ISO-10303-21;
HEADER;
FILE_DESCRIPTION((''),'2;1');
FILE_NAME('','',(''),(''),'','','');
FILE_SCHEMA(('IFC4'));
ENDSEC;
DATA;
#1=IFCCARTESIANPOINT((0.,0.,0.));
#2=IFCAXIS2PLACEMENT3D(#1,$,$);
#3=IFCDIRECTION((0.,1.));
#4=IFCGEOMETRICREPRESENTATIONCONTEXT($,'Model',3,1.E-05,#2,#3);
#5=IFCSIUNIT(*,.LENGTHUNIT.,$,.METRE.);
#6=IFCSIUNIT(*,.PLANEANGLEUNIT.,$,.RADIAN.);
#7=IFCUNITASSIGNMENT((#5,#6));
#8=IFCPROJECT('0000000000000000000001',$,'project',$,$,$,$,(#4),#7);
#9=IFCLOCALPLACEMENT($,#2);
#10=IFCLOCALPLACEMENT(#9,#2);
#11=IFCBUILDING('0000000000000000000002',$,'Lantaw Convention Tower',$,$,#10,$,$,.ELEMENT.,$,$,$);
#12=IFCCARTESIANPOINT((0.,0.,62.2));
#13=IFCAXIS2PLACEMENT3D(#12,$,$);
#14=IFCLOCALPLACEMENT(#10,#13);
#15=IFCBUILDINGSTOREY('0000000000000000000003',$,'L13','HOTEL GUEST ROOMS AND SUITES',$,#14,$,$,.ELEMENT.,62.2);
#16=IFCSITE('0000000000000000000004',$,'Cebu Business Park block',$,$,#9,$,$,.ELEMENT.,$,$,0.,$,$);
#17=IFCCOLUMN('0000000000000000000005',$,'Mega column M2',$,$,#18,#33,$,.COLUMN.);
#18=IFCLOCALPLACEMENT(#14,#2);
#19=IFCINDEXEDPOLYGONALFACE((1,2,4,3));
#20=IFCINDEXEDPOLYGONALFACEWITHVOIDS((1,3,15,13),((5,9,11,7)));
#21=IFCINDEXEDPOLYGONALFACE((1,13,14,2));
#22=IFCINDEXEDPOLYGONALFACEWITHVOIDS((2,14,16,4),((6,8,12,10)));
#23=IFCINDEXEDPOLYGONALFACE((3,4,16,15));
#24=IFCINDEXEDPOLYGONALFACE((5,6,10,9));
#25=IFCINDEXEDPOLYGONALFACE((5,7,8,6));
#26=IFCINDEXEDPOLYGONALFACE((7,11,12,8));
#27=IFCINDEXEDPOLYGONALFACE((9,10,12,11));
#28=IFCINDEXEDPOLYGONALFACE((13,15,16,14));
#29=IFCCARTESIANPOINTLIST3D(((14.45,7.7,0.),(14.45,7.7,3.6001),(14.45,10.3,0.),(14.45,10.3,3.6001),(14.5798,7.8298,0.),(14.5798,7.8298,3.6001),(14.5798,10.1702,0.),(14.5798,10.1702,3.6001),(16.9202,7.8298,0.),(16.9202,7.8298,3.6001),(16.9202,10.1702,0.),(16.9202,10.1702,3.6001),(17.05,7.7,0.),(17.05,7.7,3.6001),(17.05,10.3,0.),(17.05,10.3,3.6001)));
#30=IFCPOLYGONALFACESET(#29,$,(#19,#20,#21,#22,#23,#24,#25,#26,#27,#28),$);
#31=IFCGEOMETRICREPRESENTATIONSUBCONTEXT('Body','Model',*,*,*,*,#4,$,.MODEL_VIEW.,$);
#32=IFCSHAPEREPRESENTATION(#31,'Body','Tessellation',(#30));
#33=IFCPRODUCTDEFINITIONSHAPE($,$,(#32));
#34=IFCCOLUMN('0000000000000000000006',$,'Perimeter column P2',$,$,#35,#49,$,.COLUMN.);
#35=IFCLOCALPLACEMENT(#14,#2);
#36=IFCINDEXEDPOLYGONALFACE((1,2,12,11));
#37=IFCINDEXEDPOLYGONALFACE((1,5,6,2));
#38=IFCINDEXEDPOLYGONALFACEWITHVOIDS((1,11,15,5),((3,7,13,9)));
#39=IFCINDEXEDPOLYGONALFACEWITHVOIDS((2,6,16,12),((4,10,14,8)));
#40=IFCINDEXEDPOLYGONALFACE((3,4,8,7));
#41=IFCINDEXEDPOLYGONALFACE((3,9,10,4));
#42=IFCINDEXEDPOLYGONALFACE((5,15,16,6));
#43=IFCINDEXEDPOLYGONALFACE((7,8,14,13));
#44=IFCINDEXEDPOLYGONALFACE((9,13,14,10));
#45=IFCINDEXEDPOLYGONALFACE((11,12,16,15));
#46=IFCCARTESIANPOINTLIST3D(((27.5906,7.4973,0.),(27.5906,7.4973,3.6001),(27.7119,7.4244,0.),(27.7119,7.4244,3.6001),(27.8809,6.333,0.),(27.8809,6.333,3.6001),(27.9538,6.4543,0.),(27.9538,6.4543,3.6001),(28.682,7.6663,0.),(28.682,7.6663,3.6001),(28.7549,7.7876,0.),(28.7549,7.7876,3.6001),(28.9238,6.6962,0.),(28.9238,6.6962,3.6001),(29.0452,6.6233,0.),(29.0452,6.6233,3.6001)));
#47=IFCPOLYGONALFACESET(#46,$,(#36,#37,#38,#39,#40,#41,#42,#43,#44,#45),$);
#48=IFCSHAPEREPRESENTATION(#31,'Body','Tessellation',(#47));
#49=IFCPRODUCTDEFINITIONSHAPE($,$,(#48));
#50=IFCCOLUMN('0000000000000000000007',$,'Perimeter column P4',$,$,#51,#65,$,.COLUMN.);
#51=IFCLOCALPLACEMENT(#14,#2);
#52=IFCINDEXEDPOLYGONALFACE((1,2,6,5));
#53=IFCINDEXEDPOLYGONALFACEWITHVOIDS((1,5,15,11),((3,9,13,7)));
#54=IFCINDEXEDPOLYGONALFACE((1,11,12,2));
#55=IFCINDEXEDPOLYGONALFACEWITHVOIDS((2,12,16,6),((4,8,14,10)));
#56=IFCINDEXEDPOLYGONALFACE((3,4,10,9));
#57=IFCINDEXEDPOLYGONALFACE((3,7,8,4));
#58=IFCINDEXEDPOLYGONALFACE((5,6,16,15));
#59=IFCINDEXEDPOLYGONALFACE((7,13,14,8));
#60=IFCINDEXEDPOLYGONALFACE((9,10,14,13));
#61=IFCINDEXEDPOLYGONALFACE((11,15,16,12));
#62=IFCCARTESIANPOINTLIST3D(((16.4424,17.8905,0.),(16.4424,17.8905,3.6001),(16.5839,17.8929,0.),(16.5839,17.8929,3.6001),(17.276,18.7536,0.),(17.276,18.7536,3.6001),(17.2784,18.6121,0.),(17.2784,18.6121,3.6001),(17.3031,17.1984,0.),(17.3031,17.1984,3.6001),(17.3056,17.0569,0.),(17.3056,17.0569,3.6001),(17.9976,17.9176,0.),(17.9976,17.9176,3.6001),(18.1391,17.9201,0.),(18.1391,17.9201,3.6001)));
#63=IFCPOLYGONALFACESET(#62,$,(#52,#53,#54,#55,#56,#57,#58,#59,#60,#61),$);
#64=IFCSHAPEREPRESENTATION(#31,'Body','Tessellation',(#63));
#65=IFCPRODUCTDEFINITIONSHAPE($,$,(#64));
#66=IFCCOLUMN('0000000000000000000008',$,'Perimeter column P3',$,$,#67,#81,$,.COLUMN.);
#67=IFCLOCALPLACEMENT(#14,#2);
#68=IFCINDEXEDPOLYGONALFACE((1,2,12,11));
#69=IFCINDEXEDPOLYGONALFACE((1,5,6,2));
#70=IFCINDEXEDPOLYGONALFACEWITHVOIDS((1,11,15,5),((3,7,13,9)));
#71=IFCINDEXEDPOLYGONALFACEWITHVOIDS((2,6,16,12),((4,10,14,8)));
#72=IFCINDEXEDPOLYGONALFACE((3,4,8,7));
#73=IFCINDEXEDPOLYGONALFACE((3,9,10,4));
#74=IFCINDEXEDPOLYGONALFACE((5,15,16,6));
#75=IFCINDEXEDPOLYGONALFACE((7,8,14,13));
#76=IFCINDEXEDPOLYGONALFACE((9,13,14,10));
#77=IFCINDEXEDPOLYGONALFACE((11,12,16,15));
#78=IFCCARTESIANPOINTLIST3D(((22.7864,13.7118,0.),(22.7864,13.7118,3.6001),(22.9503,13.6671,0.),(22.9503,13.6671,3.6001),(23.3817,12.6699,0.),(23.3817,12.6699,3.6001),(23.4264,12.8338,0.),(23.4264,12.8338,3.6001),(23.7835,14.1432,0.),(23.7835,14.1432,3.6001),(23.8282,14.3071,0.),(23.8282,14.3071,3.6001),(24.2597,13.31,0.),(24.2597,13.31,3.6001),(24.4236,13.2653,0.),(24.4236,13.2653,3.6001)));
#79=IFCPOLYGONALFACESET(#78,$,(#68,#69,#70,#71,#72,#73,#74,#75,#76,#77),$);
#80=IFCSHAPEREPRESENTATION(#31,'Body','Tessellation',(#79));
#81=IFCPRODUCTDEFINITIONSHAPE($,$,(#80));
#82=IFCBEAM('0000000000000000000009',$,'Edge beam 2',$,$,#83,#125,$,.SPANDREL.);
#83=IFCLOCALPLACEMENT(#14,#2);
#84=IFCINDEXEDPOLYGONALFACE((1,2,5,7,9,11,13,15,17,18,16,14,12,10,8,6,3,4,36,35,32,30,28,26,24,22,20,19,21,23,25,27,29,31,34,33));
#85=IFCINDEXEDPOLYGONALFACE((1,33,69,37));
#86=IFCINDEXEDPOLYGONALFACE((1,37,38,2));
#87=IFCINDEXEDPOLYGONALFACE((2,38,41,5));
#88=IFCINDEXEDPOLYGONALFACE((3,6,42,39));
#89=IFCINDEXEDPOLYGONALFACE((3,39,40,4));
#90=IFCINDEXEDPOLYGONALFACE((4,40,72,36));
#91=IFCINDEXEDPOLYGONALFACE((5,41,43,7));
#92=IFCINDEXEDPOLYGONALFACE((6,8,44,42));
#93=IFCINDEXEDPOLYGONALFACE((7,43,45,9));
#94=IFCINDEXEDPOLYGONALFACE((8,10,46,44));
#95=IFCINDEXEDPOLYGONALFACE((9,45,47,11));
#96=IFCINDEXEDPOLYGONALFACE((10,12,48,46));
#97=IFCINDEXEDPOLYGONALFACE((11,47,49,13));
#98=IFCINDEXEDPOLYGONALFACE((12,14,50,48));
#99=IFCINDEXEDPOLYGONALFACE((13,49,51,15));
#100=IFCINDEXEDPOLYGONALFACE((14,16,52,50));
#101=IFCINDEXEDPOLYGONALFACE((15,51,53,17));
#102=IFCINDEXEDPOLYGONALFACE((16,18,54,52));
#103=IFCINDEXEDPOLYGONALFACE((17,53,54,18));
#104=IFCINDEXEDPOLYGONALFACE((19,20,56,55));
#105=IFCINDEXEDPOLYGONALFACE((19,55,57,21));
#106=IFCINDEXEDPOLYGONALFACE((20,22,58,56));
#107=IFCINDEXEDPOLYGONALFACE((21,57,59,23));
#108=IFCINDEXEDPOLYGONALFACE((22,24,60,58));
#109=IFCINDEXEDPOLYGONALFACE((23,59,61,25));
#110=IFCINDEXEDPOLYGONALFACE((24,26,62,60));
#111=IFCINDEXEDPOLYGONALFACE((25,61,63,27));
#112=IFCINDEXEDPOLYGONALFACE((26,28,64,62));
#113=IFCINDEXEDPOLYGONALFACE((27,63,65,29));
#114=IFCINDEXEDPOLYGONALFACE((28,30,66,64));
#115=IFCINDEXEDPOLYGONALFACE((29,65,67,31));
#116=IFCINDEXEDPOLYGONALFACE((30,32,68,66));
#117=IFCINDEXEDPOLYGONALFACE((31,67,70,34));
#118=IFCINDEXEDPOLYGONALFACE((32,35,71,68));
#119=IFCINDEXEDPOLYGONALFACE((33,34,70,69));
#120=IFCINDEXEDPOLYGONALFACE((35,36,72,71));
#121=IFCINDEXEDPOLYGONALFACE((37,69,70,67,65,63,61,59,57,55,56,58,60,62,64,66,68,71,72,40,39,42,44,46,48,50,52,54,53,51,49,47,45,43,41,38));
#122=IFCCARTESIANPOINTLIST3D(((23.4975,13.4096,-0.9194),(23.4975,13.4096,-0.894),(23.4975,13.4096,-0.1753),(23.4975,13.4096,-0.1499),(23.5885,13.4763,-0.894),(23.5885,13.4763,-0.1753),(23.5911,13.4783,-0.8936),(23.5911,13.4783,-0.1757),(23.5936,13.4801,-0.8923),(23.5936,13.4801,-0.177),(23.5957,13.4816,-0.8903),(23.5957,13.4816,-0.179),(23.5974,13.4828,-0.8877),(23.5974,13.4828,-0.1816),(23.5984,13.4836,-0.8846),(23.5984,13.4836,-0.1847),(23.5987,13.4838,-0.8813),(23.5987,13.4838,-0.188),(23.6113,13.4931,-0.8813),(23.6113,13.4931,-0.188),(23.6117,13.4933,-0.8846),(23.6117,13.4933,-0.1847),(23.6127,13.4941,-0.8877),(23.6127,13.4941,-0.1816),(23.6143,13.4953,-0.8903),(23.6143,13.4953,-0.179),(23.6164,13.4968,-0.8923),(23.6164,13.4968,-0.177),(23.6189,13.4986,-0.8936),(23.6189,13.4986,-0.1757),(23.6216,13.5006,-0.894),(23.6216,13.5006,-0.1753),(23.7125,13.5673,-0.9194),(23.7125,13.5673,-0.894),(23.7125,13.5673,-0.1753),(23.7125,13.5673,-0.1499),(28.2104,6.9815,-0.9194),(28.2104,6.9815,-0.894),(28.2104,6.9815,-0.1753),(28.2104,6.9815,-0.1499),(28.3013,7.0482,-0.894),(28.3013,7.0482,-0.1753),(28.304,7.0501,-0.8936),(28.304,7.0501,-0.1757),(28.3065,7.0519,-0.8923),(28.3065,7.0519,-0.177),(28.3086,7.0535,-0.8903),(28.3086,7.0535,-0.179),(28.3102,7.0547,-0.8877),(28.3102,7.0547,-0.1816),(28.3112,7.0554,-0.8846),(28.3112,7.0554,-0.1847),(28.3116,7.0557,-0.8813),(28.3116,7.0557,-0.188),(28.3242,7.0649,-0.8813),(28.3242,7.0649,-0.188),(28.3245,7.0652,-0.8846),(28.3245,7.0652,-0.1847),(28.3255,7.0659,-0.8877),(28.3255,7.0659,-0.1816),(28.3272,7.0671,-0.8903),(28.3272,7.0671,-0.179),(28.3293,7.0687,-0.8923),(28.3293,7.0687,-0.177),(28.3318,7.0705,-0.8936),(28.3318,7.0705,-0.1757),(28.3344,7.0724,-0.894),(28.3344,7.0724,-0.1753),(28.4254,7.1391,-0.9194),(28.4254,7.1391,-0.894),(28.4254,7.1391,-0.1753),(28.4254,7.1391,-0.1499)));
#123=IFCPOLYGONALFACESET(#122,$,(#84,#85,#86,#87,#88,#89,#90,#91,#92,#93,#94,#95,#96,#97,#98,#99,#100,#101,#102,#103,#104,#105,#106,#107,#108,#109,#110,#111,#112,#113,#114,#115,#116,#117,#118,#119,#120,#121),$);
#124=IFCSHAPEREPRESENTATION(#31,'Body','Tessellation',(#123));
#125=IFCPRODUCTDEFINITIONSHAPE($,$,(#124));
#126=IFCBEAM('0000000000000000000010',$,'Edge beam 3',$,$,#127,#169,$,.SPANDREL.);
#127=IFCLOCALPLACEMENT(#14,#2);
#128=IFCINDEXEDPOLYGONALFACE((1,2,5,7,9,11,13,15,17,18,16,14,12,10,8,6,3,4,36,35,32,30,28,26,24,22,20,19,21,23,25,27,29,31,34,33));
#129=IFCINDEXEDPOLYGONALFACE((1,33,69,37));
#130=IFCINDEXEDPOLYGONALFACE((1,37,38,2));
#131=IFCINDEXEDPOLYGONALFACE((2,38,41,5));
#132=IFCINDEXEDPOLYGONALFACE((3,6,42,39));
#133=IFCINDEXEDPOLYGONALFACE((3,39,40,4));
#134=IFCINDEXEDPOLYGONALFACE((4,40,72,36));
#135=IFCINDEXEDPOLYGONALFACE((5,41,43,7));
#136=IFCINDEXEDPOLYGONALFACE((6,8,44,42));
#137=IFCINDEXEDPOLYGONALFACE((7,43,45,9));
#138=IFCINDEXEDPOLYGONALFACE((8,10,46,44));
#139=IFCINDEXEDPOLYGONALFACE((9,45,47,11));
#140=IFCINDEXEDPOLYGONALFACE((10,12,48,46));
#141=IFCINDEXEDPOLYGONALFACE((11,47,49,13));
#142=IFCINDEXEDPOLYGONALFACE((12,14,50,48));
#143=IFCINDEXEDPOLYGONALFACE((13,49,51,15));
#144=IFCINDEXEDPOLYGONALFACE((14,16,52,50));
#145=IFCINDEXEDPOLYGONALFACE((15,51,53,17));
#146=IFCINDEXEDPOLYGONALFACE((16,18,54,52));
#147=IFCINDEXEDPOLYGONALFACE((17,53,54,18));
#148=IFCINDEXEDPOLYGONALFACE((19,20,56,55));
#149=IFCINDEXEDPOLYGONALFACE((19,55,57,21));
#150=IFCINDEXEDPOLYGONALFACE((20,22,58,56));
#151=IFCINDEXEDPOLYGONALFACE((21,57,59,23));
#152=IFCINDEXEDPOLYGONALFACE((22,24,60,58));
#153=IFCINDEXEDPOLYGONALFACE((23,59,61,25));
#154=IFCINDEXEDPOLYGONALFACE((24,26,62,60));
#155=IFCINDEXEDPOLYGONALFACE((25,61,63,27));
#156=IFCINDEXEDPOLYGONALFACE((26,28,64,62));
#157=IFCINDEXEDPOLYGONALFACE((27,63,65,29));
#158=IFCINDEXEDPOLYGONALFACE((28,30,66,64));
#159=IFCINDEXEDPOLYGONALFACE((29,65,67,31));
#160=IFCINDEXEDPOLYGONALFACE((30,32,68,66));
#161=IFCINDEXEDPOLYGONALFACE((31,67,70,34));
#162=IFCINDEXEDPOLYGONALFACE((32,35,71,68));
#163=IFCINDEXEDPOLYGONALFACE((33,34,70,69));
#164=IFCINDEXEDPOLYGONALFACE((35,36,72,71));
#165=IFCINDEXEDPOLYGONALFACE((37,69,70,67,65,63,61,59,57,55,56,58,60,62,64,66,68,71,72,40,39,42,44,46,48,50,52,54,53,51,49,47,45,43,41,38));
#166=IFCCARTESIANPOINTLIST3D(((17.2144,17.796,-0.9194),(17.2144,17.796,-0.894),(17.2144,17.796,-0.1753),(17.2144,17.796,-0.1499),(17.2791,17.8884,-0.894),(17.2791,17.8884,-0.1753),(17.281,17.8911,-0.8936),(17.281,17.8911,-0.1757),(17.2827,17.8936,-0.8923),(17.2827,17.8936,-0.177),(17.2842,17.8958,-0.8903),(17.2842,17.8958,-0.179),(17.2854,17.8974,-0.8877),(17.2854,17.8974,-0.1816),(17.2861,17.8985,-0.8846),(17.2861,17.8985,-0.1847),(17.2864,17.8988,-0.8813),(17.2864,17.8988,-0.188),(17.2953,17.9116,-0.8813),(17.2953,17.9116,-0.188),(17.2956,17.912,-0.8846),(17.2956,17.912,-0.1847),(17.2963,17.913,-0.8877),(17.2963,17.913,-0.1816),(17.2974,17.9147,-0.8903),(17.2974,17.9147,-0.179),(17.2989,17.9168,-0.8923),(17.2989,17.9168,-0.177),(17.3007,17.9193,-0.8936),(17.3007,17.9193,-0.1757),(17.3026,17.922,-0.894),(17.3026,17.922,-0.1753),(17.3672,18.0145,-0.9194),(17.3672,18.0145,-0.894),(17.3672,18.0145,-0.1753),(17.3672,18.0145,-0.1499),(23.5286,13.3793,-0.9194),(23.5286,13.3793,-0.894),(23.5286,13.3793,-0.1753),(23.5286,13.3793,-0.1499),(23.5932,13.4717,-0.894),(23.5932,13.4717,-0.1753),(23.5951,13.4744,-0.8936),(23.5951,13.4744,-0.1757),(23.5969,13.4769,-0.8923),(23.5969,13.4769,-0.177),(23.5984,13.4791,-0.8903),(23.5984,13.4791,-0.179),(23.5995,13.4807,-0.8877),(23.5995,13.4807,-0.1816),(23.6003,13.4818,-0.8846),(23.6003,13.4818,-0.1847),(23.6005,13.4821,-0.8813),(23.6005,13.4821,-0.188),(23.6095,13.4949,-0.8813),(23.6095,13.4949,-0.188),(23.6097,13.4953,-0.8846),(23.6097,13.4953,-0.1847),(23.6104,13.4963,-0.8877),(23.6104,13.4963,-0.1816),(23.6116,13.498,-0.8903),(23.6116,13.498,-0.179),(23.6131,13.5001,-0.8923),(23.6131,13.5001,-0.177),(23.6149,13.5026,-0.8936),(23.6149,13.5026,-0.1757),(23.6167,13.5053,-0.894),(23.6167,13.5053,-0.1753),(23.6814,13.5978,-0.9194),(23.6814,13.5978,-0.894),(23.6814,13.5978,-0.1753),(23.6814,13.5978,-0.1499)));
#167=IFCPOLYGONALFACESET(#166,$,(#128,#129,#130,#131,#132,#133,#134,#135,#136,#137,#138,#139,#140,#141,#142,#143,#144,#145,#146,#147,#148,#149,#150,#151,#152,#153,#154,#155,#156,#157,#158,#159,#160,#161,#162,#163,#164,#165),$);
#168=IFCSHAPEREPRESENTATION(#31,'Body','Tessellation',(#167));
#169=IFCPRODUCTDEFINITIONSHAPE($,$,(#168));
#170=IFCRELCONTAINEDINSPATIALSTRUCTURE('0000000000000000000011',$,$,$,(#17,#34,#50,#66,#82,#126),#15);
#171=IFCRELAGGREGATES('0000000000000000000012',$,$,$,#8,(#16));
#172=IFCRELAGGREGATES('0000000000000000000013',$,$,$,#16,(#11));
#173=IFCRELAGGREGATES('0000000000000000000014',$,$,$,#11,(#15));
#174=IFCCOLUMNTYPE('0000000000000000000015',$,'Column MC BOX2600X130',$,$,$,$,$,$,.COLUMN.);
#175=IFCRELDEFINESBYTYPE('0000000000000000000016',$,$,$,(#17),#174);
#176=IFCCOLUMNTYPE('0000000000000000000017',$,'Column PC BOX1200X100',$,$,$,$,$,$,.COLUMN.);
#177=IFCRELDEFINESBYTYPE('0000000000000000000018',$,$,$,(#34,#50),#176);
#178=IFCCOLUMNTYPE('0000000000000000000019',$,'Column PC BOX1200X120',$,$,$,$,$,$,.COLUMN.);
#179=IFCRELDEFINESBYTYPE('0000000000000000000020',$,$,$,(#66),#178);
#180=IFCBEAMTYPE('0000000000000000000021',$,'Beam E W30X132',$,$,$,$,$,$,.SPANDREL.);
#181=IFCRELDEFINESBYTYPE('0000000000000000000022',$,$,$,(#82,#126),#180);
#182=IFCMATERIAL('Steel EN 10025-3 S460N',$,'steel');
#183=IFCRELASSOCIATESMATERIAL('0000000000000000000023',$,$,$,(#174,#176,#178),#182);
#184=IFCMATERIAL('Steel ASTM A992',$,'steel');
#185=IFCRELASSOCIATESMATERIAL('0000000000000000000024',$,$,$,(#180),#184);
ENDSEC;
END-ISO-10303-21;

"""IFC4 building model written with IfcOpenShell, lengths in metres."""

from ifc_helpers import new_model, si_unit, direction, frame, origin, origin_2d, place, context, subcontext, project, spatial, rectangle, hollow_rectangle, i_section, extrude, material, material_profile, profile_set, type_object, element, save


model = new_model("IFC4")

# Units and contexts
model_context = context("Model", 3, precision=1e-05, world=origin(), true_north=direction((0.0, 1.0)))
body_context = subcontext(model_context, "Body", "Model", "MODEL_VIEW")
ifc_project = project(units=[si_unit("LENGTHUNIT", "METRE"), si_unit("PLANEANGLEUNIT", "RADIAN")], contexts=[model_context])

# Site, building, storey
site_placement = place(None, origin())
site = spatial("IfcSite", under=ifc_project, at=site_placement, Name="Cebu Business Park block", CompositionType="ELEMENT", RefElevation=0.0)
building_placement = place(site_placement, origin())
building = spatial("IfcBuilding", under=site, at=building_placement, Name="Lantaw Convention Tower", CompositionType="ELEMENT")
storey_placement = place(building_placement, frame((0.0, 0.0, 62.2)))
storey = spatial("IfcBuildingStorey", under=building, at=storey_placement, Name="L13", Description="HOTEL GUEST ROOMS AND SUITES", CompositionType="ELEMENT", Elevation=62.2)

# Columns
ifc_material_1 = material(Name="Steel EN 10025-3 S460N", Category="steel")
ifc_material_profile_1 = material_profile(ifc_material_1, hollow_rectangle(XDim=2.6001, YDim=2.6001, WallThickness=0.1299, at=origin_2d()), Name="BOX2600X130")
ifc_material_2 = material(Name="Concrete C60/75", Category="concrete")
ifc_material_profile_2 = material_profile(ifc_material_2, rectangle(XDim=2.3401, YDim=2.3401, at=origin_2d()), Name="Concrete fill of BOX2600X130")
ifc_profile_set_1 = profile_set([ifc_material_profile_1, ifc_material_profile_2], Name="Steel EN 10025-3 S460N")
column_type_1 = type_object("IfcColumnType", Name="Column MC BOX2600X130", PredefinedType="COLUMN", material=ifc_profile_set_1)
column_1_placement = place(storey_placement, frame((15.75, 9.0, 0.0), z_axis=(0.0, 0.0, 1.0), x_axis=(1.0, 0.0, 0.0)))
element("IfcColumn", 1, at=column_1_placement, inside=storey, type_object=column_type_1, Name="Mega column M2", PredefinedType="COLUMN", context=body_context, shape_type="SweptSolid", body=[
    extrude(hollow_rectangle(XDim=2.6001, YDim=2.6001, WallThickness=0.1299, at=origin_2d()), origin(), (0.0, 0.0, 1.0), 3.6001),
])
ifc_material_profile_3 = material_profile(ifc_material_1, hollow_rectangle(XDim=1.2, YDim=1.2, WallThickness=0.1001, at=origin_2d()), Name="BOX1200X100")
ifc_material_profile_4 = material_profile(ifc_material_2, rectangle(XDim=1.0, YDim=1.0, at=origin_2d()), Name="Concrete fill of BOX1200X100")
ifc_profile_set_2 = profile_set([ifc_material_profile_3, ifc_material_profile_4], Name="Steel EN 10025-3 S460N")
column_type_2 = type_object("IfcColumnType", Name="Column PC BOX1200X100", PredefinedType="COLUMN", material=ifc_profile_set_2)
for number, where, z_axis, x_axis, name in (
    (2, (28.3179, 7.0603, 0.0), (0.0, 0.0, 1.0), (0.970296, 0.241922, 0.0), "Perimeter column P2"),
    (3, (17.2908, 17.9053, 0.0), (0.0, 0.0, 1.0), (0.694658, 0.71934, 0.0), "Perimeter column P4"),
):
    element("IfcColumn", number, at=place(storey_placement, frame(where, z_axis=z_axis, x_axis=x_axis)), inside=storey, type_object=column_type_2, Name=name, PredefinedType="COLUMN", context=body_context, shape_type="SweptSolid", body=[
        extrude(hollow_rectangle(XDim=1.2, YDim=1.2, WallThickness=0.1001, at=origin_2d()), origin(), (0.0, 0.0, 1.0), 3.6001),
    ])
ifc_material_profile_5 = material_profile(ifc_material_1, hollow_rectangle(XDim=1.2, YDim=1.2, WallThickness=0.1201, at=origin_2d()), Name="BOX1200X120")
ifc_material_profile_6 = material_profile(ifc_material_2, rectangle(XDim=0.96, YDim=0.96, at=origin_2d()), Name="Concrete fill of BOX1200X120")
ifc_profile_set_3 = profile_set([ifc_material_profile_5, ifc_material_profile_6], Name="Steel EN 10025-3 S460N")
column_type_3 = type_object("IfcColumnType", Name="Column PC BOX1200X120", PredefinedType="COLUMN", material=ifc_profile_set_3)
column_2_placement = place(storey_placement, frame((23.605, 13.4885, 0.0), z_axis=(0.0, 0.0, 1.0), x_axis=(0.868243, 0.496139, 0.0)))
element("IfcColumn", 4, at=column_2_placement, inside=storey, type_object=column_type_3, Name="Perimeter column P3", PredefinedType="COLUMN", context=body_context, shape_type="SweptSolid", body=[
    extrude(hollow_rectangle(XDim=1.2, YDim=1.2, WallThickness=0.1201, at=origin_2d()), origin(), (0.0, 0.0, 1.0), 3.6001),
])

# Beams
ifc_material_3 = material(Name="Steel ASTM A992", Category="steel")
ifc_material_profile_7 = material_profile(ifc_material_3, i_section(OverallWidth=0.2666, OverallDepth=0.7695, WebThickness=0.0156, FlangeThickness=0.0254, FilletRadius=0.0127, at=origin_2d()), Name="W30X132")
ifc_profile_set_4 = profile_set([ifc_material_profile_7], Name="Steel ASTM A992")
beam_type_1 = type_object("IfcBeamType", Name="Beam E W30X132", PredefinedType="SPANDREL", material=ifc_profile_set_4)
beam_1_placement = place(storey_placement, frame((28.3179, 7.0603, -0.5347), z_axis=(-0.591271, 0.806473, 0.0), x_axis=(-0.806473, -0.591271, 0.0)))
element("IfcBeam", 5, at=beam_1_placement, inside=storey, type_object=beam_type_1, Name="Edge beam 2", PredefinedType="SPANDREL", context=body_context, shape_type="SweptSolid", body=[
    extrude(i_section(OverallWidth=0.2666, OverallDepth=0.7695, WebThickness=0.0156, FlangeThickness=0.0254, FilletRadius=0.0127, at=origin_2d()), origin(), (0.0, 0.0, 1.0), 7.9707),
])
beam_2_placement = place(storey_placement, frame((23.605, 13.4885, -0.5347), z_axis=(-0.819427, 0.573184, 0.0), x_axis=(-0.573184, -0.819427, 0.0)))
element("IfcBeam", 6, at=beam_2_placement, inside=storey, type_object=beam_type_1, Name="Edge beam 3", PredefinedType="SPANDREL", context=body_context, shape_type="SweptSolid", body=[
    extrude(i_section(OverallWidth=0.2666, OverallDepth=0.7695, WebThickness=0.0156, FlangeThickness=0.0254, FilletRadius=0.0127, at=origin_2d()), origin(), (0.0, 0.0, 1.0), 7.7056),
])

save(model, "model.ifc")
